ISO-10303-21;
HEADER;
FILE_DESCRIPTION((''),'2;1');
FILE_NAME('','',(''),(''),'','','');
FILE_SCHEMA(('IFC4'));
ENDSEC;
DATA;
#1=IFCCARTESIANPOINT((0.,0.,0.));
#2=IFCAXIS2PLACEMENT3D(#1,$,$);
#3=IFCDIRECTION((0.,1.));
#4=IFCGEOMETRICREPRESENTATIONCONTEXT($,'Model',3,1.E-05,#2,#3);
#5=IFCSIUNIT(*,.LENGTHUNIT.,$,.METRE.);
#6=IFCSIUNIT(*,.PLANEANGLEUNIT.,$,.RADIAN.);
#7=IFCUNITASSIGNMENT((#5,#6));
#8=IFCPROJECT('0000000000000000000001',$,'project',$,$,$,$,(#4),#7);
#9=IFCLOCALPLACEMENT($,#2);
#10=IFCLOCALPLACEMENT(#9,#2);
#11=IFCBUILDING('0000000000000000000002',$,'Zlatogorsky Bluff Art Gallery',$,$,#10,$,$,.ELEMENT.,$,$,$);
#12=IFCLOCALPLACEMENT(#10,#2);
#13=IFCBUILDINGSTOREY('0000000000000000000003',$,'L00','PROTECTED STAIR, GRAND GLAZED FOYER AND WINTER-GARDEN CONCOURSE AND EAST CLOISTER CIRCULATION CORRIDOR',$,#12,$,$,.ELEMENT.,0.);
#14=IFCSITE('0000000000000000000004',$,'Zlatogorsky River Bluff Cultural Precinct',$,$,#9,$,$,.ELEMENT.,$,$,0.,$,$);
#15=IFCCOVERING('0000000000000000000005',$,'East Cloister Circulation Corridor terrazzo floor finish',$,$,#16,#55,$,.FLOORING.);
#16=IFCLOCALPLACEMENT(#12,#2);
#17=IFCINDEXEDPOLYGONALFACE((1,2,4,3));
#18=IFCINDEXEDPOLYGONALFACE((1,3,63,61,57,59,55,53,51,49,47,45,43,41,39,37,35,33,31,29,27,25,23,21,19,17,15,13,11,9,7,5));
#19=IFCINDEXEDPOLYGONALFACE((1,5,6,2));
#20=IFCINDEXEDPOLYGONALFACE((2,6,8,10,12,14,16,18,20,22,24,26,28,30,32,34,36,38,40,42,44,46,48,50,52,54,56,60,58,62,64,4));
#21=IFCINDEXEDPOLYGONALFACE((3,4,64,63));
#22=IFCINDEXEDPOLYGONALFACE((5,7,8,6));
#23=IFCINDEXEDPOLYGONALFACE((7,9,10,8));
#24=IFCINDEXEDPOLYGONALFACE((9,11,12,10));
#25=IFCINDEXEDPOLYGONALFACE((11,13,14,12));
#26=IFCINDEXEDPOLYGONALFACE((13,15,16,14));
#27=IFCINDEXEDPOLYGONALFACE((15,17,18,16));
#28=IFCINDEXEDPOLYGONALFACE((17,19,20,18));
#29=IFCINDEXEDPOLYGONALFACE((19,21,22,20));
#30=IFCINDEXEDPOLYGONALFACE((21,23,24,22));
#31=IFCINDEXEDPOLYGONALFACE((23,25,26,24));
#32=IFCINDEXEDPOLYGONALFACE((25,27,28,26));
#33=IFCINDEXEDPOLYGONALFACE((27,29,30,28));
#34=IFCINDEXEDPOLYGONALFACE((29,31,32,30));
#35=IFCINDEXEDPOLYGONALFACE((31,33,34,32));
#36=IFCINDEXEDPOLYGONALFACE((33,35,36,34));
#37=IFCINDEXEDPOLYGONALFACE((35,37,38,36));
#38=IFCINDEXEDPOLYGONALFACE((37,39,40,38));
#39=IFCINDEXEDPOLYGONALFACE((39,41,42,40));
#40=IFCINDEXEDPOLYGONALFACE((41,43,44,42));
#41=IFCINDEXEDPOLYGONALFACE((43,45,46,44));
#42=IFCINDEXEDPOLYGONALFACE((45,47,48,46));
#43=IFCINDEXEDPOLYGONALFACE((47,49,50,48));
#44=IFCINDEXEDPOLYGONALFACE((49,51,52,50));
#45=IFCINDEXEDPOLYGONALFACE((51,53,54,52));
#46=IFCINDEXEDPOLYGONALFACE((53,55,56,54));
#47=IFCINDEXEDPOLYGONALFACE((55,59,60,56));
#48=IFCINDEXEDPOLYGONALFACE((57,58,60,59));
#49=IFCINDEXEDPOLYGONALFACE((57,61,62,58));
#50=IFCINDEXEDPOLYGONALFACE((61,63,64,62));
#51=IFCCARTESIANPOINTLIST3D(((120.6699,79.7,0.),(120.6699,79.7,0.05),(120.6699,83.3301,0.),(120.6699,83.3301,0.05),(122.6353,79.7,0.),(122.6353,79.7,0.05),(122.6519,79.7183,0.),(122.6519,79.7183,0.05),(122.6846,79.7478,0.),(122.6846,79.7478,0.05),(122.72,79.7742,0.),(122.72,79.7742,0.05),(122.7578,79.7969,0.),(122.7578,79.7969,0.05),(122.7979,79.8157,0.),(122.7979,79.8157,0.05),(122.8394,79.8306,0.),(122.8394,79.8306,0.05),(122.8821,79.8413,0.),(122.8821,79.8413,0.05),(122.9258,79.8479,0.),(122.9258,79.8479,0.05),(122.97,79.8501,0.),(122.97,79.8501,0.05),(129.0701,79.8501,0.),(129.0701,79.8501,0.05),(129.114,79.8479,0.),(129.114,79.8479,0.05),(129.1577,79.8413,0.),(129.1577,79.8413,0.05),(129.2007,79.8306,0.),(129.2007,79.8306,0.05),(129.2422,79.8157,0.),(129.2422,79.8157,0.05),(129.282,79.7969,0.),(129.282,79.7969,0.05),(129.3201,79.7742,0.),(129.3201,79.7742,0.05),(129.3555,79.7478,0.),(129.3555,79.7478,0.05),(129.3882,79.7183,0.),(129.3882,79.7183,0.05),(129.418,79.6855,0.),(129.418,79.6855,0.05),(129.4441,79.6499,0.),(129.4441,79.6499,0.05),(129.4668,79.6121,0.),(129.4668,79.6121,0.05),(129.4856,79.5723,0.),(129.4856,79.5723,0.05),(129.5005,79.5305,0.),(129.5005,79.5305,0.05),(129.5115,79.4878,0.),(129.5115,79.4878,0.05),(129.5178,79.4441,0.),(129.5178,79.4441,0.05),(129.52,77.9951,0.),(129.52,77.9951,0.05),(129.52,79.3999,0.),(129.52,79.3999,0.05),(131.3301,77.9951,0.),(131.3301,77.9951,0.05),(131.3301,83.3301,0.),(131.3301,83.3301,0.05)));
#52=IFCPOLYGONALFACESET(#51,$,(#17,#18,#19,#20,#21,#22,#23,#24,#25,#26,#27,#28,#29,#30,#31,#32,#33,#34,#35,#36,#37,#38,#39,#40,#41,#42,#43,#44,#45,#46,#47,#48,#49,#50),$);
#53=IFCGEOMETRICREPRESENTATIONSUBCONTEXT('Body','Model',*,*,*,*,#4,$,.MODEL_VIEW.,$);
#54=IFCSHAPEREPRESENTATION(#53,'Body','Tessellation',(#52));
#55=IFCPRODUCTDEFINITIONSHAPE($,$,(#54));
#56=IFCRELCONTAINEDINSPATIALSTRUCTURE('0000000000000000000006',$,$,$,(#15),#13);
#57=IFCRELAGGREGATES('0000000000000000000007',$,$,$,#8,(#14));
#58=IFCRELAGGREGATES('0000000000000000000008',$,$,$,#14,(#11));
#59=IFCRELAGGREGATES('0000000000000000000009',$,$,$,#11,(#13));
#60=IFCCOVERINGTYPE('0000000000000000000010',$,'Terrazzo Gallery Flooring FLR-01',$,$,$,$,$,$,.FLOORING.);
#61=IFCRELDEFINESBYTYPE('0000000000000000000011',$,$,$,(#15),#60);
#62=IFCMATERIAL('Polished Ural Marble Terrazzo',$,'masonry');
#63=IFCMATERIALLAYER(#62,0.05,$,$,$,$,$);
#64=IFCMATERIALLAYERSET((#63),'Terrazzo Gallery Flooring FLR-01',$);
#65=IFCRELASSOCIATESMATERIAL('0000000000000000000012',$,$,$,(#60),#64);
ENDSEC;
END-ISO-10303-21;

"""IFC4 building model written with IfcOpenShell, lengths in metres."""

from ifc_helpers import new_model, si_unit, direction, origin, place, context, subcontext, project, spatial, polyline, outline, extrude, material, layer, layer_set, type_object, element, save


model = new_model("IFC4")

# Units and contexts
model_context = context("Model", 3, precision=1e-05, world=origin(), true_north=direction((0.0, 1.0)))
body_context = subcontext(model_context, "Body", "Model", "MODEL_VIEW")
ifc_project = project(units=[si_unit("LENGTHUNIT", "METRE"), si_unit("PLANEANGLEUNIT", "RADIAN")], contexts=[model_context])

# Site, building, storey
site_placement = place(None, origin())
site = spatial("IfcSite", under=ifc_project, at=site_placement, Name="Zlatogorsky River Bluff Cultural Precinct", CompositionType="ELEMENT", RefElevation=0.0)
building_placement = place(site_placement, origin())
building = spatial("IfcBuilding", under=site, at=building_placement, Name="Zlatogorsky Bluff Art Gallery", CompositionType="ELEMENT")
storey_placement = place(building_placement, origin())
storey = spatial("IfcBuildingStorey", under=building, at=storey_placement, Name="L00", Description="PROTECTED STAIR, GRAND GLAZED FOYER AND WINTER-GARDEN CONCOURSE AND EAST CLOISTER CIRCULATION CORRIDOR", CompositionType="ELEMENT", Elevation=0.0)

# Covering
ifc_material_1 = material(Name="Polished Ural Marble Terrazzo", Category="masonry")
ifc_layer_1 = layer(ifc_material_1, 0.05)
ifc_layer_set_1 = layer_set([ifc_layer_1], Name="Terrazzo Gallery Flooring FLR-01")
covering_type_1 = type_object("IfcCoveringType", Name="Terrazzo Gallery Flooring FLR-01", PredefinedType="FLOORING", material=ifc_layer_set_1)
covering_1_placement = place(storey_placement, origin())
element("IfcCovering", 1, at=covering_1_placement, inside=storey, type_object=covering_type_1, Name="East Cloister Circulation Corridor terrazzo floor finish", PredefinedType="FLOORING", context=body_context, shape_type="SweptSolid", body=[
    extrude(outline(polyline([(120.6699, 83.3301), (131.3301, 83.3301), (131.3301, 77.9951), (129.52, 77.9951), (129.52, 79.3999), (129.5178, 79.4441), (129.5115, 79.4878), (129.5005, 79.5305), (129.4856, 79.5723), (129.4668, 79.6121), (129.4441, 79.6499), (129.418, 79.6855), (129.3882, 79.7183), (129.3555, 79.7478), (129.3201, 79.7742), (129.282, 79.7969), (129.2422, 79.8157), (129.2007, 79.8306), (129.1577, 79.8413), (129.114, 79.8479), (129.0701, 79.8501), (122.97, 79.8501), (122.9258, 79.8479), (122.8821, 79.8413), (122.8394, 79.8306), (122.7979, 79.8157), (122.7578, 79.7969), (122.72, 79.7742), (122.6846, 79.7478), (122.6519, 79.7183), (122.6353, 79.7), (120.6699, 79.7), (120.6699, 83.3301)])), origin(), (0.0, 0.0, 1.0), 0.05),
])

save(model, "model.ifc")
